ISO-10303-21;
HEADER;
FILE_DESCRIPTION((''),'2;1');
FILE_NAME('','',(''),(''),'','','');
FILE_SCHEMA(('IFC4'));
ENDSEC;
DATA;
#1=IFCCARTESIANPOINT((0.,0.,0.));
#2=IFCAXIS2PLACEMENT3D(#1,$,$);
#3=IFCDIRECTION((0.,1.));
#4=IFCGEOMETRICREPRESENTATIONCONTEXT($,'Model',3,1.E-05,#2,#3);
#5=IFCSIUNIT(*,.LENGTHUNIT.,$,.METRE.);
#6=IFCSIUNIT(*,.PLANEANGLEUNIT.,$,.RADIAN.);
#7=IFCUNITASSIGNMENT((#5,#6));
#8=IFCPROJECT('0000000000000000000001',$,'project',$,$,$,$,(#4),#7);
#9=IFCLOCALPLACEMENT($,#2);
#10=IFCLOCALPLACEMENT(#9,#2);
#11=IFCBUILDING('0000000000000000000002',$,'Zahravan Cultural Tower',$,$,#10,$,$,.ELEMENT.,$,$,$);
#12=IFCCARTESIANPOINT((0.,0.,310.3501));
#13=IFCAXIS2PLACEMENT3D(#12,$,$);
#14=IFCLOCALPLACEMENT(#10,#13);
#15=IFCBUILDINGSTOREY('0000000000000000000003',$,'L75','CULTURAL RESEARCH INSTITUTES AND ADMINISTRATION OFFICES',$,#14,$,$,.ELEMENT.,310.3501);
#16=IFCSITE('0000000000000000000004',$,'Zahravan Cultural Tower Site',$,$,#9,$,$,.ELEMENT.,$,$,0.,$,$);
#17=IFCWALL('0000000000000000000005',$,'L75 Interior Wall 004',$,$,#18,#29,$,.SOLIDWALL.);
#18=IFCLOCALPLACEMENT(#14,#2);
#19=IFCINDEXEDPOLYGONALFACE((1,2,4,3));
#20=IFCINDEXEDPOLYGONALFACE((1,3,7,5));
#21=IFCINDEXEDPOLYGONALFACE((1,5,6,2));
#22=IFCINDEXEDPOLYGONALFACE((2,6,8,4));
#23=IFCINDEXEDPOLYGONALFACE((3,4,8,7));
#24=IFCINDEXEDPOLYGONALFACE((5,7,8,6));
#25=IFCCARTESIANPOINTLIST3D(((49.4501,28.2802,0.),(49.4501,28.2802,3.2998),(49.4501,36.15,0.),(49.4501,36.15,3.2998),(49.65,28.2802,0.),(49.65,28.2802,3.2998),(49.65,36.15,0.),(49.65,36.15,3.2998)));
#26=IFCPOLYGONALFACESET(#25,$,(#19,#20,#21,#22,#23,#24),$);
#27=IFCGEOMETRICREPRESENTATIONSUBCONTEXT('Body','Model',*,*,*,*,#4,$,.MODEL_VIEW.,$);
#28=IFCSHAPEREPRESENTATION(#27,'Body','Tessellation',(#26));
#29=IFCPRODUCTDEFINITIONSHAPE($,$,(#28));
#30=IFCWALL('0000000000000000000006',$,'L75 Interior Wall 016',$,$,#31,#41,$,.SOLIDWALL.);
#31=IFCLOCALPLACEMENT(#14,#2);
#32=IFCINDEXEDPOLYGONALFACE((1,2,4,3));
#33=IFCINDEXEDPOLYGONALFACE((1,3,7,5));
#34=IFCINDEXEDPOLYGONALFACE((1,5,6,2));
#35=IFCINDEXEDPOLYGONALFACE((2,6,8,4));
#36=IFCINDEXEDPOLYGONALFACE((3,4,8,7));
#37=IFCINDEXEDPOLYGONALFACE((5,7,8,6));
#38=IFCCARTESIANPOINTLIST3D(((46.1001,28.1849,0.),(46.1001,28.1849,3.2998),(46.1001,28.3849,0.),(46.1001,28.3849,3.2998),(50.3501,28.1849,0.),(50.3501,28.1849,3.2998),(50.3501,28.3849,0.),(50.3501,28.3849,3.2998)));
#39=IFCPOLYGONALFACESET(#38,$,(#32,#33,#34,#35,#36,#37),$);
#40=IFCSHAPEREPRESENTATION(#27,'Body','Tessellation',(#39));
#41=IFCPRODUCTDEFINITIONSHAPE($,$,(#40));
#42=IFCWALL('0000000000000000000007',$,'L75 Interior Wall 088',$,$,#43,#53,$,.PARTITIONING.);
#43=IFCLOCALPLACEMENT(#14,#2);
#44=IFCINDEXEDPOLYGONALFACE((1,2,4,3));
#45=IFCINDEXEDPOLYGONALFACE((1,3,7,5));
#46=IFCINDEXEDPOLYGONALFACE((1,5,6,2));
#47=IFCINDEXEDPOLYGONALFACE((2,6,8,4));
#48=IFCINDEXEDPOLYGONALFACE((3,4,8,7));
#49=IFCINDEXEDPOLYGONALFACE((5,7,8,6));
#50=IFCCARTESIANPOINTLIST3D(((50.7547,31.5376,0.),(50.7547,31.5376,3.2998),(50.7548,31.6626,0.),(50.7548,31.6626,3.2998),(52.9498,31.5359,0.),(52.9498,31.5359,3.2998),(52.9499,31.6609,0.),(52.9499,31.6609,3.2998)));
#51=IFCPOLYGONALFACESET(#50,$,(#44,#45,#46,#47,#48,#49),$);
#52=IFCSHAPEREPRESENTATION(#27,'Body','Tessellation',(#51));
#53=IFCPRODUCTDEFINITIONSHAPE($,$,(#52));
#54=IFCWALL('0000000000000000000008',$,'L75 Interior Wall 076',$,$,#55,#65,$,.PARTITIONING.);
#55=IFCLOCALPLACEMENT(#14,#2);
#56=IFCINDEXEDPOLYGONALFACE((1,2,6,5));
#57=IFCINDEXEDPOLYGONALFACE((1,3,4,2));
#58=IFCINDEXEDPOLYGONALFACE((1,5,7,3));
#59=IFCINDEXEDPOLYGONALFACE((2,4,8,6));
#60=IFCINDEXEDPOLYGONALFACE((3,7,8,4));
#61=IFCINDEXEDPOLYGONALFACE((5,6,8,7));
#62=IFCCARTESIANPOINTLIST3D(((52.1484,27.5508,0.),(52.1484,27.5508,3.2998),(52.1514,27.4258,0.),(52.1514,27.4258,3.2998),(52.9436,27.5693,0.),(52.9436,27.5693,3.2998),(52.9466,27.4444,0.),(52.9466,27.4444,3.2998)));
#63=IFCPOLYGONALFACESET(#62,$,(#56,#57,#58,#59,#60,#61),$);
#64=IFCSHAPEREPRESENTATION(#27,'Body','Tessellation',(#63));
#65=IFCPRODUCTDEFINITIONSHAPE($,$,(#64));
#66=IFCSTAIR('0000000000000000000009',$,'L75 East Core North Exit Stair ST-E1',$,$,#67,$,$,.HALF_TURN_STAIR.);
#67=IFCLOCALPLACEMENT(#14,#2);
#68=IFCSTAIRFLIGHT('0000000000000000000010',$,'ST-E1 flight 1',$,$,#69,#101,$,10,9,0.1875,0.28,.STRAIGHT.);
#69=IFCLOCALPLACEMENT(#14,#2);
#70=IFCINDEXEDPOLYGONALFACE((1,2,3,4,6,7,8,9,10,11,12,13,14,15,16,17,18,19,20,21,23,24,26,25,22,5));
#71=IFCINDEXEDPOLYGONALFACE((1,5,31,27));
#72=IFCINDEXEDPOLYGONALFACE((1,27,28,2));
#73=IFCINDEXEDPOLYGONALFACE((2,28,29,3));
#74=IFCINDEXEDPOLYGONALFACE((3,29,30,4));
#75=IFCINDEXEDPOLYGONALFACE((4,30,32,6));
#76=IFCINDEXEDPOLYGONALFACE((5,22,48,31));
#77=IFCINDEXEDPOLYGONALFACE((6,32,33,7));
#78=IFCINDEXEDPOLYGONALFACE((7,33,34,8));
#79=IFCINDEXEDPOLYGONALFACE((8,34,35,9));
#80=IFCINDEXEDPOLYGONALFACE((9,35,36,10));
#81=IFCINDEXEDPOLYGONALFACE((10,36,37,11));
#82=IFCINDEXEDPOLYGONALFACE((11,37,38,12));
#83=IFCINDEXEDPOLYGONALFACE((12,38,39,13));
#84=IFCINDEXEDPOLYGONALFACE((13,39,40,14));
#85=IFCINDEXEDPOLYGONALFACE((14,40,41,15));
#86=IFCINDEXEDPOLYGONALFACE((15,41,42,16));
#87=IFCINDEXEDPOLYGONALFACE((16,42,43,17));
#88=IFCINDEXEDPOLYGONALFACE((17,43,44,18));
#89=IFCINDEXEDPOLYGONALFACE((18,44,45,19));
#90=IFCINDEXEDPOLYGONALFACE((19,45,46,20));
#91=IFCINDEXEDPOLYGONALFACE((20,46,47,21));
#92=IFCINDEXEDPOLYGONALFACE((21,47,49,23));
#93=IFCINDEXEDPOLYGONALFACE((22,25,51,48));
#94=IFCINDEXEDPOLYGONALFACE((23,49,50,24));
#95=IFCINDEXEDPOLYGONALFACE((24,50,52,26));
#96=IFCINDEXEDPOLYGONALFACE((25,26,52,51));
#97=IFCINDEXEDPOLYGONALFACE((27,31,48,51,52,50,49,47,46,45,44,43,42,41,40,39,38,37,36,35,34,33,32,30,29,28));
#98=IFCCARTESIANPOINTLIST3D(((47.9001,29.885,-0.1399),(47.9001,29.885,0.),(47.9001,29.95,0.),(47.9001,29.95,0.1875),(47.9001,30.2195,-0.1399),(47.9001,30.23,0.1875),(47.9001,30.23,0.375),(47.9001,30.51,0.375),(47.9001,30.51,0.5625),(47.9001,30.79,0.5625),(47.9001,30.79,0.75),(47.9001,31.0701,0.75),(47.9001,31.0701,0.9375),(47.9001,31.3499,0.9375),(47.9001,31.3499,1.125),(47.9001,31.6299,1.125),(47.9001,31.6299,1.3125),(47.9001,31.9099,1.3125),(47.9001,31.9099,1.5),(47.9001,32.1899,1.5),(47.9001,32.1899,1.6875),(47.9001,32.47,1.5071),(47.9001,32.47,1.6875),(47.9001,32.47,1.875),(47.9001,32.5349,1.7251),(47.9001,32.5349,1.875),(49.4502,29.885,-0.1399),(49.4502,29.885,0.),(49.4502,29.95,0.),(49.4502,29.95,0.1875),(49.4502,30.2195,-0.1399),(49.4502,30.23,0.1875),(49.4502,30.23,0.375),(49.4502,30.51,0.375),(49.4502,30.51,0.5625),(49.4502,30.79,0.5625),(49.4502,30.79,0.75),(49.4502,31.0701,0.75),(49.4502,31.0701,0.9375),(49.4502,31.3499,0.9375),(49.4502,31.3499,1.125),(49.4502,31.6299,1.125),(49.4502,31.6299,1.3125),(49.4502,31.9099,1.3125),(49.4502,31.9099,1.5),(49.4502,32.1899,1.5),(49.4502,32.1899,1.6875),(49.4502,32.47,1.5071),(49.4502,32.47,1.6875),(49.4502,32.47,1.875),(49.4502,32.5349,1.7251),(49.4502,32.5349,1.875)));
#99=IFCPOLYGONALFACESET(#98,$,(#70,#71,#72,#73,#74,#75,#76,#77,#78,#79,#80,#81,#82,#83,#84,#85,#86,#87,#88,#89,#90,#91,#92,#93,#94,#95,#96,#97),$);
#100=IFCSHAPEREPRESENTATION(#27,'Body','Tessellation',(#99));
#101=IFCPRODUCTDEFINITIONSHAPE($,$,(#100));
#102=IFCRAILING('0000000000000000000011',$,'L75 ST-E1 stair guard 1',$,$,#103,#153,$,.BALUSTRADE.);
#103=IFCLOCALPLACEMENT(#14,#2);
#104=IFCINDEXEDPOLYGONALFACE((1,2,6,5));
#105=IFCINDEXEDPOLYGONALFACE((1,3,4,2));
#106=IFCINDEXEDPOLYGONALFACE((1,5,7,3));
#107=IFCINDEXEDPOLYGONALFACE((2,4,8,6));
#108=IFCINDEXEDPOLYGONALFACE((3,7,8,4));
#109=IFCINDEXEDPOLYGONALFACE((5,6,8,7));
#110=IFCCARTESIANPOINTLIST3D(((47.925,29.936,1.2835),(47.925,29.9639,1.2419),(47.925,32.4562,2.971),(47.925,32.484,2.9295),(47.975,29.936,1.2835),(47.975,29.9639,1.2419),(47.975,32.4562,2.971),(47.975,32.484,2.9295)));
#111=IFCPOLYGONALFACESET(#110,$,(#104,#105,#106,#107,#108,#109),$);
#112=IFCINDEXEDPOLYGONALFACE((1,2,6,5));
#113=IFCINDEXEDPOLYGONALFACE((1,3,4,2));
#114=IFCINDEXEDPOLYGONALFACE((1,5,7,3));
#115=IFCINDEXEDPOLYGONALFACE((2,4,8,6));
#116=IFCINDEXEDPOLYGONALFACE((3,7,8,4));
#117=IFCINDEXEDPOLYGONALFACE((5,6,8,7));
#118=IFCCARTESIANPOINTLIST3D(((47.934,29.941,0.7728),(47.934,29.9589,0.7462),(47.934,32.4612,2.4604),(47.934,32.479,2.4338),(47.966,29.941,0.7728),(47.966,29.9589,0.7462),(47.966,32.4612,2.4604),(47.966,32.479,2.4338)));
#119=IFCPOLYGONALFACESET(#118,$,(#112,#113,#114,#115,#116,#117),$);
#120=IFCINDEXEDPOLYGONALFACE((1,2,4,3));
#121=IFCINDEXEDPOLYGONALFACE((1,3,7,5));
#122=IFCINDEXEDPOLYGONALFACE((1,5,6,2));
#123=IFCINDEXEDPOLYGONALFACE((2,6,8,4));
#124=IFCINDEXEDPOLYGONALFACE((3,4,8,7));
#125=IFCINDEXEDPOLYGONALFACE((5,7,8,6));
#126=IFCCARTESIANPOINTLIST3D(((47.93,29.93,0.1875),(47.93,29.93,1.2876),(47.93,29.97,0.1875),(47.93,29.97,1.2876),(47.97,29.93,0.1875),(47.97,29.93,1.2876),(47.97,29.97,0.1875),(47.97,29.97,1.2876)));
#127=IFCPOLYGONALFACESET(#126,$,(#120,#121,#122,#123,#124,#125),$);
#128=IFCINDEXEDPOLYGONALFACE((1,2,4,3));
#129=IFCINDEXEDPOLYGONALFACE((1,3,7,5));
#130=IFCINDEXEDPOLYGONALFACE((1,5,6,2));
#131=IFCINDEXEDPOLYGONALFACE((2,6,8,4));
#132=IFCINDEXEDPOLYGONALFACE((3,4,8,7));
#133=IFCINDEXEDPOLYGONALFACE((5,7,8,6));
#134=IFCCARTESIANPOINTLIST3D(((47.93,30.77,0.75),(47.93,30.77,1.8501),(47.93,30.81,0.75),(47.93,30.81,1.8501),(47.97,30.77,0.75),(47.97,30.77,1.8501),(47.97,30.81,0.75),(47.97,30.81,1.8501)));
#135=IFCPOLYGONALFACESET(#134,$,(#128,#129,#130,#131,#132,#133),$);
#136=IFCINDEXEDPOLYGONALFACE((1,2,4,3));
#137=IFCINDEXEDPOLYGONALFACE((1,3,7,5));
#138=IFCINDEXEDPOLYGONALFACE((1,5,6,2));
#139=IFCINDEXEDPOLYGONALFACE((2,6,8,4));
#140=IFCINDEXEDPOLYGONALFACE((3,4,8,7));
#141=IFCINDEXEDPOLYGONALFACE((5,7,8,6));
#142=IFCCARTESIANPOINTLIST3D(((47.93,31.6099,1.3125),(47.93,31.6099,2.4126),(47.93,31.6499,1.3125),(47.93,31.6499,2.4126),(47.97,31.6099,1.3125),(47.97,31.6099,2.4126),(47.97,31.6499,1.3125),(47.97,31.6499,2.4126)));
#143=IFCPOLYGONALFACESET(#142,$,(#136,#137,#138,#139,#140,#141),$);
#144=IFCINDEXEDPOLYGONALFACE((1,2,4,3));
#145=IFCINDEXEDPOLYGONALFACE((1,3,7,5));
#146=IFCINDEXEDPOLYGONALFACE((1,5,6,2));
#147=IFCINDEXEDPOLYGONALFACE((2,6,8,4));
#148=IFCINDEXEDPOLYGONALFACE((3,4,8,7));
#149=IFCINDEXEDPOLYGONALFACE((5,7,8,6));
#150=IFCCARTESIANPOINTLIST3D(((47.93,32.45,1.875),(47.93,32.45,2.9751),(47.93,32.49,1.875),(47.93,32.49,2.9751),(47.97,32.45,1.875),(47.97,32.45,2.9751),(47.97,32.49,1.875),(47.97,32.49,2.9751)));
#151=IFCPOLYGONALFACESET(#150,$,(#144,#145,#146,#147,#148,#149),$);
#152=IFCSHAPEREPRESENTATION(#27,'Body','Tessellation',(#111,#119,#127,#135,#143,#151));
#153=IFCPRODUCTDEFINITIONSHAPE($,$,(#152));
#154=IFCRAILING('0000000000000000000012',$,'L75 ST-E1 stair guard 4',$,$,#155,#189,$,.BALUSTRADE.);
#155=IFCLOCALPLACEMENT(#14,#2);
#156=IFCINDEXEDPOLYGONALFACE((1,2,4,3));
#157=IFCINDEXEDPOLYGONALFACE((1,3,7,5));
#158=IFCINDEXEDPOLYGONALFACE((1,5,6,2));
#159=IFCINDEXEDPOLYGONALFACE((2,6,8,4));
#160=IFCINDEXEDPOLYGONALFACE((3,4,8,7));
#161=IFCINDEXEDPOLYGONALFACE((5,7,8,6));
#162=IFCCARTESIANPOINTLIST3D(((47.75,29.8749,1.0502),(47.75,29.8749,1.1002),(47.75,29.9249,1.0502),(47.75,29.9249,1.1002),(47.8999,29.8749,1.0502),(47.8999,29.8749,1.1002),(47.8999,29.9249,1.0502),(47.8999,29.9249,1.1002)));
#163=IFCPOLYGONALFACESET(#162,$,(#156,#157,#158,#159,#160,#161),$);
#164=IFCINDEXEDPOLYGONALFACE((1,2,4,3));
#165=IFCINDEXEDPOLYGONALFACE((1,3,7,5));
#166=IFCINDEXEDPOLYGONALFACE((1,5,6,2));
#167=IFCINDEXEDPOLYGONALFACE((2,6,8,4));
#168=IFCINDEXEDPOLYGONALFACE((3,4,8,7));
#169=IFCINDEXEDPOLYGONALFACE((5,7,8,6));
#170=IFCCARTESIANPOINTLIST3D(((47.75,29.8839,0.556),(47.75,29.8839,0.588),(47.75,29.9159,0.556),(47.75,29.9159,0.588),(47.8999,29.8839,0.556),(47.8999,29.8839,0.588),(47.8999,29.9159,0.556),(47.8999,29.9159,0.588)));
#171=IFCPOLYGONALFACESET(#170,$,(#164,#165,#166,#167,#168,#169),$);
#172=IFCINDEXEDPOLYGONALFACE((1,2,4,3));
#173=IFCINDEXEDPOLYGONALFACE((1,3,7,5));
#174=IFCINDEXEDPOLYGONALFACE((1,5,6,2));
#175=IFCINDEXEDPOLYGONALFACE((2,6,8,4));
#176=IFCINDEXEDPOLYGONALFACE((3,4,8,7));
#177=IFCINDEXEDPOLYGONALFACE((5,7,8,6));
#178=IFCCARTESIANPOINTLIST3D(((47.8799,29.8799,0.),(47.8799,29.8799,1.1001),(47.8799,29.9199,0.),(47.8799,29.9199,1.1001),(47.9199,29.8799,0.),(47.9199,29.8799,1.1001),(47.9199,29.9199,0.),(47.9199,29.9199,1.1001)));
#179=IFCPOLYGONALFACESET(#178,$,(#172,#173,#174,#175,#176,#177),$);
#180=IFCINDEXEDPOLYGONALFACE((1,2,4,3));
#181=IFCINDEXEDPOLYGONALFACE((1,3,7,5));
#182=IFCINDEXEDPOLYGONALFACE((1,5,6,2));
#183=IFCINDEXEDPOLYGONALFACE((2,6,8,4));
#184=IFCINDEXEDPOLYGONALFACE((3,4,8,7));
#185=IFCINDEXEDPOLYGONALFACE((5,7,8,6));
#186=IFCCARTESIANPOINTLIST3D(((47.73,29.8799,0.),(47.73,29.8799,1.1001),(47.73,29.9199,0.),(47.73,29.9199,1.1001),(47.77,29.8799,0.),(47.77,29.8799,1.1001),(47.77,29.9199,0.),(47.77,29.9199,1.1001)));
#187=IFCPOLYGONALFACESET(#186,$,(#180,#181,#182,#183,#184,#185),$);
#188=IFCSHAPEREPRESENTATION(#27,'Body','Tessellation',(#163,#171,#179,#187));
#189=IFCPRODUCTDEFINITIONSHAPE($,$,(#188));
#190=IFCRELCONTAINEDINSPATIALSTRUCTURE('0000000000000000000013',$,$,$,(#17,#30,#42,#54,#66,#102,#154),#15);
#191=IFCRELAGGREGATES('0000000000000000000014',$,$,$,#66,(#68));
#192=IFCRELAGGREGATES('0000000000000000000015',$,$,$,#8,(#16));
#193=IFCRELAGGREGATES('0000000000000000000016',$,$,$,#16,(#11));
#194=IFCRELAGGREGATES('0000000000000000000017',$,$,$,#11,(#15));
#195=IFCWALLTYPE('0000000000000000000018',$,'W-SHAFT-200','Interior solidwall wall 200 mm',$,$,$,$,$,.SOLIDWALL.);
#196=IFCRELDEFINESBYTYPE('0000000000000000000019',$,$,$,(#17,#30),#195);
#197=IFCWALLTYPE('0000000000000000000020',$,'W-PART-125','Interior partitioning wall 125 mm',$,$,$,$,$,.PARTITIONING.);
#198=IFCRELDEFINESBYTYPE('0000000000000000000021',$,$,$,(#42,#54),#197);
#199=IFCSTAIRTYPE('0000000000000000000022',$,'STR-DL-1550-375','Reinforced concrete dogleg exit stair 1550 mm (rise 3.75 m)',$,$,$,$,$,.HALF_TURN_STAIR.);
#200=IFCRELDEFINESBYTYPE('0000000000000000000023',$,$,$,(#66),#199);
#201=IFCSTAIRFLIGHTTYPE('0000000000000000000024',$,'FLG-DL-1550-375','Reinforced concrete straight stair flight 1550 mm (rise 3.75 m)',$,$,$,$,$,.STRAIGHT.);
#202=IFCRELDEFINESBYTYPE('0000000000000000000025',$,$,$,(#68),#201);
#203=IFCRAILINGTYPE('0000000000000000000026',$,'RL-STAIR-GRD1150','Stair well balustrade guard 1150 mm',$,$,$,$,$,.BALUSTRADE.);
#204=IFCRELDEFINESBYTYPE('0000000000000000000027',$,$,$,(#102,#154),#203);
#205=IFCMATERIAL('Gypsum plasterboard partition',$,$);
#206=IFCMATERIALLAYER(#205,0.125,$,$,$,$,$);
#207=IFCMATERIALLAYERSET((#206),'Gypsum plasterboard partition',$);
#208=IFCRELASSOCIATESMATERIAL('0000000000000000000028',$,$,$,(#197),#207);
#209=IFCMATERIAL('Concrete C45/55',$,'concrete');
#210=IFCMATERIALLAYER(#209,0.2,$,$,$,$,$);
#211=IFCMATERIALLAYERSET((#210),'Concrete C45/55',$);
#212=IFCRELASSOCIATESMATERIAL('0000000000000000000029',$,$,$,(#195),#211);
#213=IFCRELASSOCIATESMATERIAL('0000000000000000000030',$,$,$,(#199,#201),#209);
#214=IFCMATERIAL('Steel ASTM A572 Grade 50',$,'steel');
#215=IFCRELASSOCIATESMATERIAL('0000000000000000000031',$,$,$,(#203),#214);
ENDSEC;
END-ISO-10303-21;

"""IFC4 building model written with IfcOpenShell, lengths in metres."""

from ifc_helpers import new_model, si_unit, direction, frame, frame_2d, origin, origin_2d, place, context, subcontext, project, spatial, polyline, rectangle, outline, extrude, source, transform, mapped, material, layer, layer_set, type_object, element, aggregate, save


model = new_model("IFC4")

# Units and contexts
model_context = context("Model", 3, precision=1e-05, world=origin(), true_north=direction((0.0, 1.0)))
body_context = subcontext(model_context, "Body", "Model", "MODEL_VIEW")
ifc_project = project(units=[si_unit("LENGTHUNIT", "METRE"), si_unit("PLANEANGLEUNIT", "RADIAN")], contexts=[model_context])

# Site, building, storey
site_placement = place(None, origin())
site = spatial("IfcSite", under=ifc_project, at=site_placement, Name="Zahravan Cultural Tower Site", CompositionType="ELEMENT", RefElevation=0.0)
building_placement = place(site_placement, origin())
building = spatial("IfcBuilding", under=site, at=building_placement, Name="Zahravan Cultural Tower", CompositionType="ELEMENT")
storey_placement = place(building_placement, frame((0.0, 0.0, 310.3501)))
storey = spatial("IfcBuildingStorey", under=building, at=storey_placement, Name="L75", Description="CULTURAL RESEARCH INSTITUTES AND ADMINISTRATION OFFICES", CompositionType="ELEMENT", Elevation=310.3501)

# Shared definitions
ifc_material_1 = material(Name="Gypsum plasterboard partition")
ifc_layer_1 = layer(ifc_material_1, 0.125)
ifc_layer_set_1 = layer_set([ifc_layer_1], Name="Gypsum plasterboard partition")
wall_type_1 = type_object("IfcWallType", Name="W-PART-125", Description="Interior partitioning wall 125 mm", PredefinedType="PARTITIONING", material=ifc_layer_set_1)
ifc_material_2 = material(Name="Concrete C45/55", Category="concrete")
ifc_layer_2 = layer(ifc_material_2, 0.2)
ifc_layer_set_2 = layer_set([ifc_layer_2], Name="Concrete C45/55")
wall_type_2 = type_object("IfcWallType", Name="W-SHAFT-200", Description="Interior solidwall wall 200 mm", PredefinedType="SOLIDWALL", material=ifc_layer_set_2)
ifc_material_3 = material(Name="Steel ASTM A572 Grade 50", Category="steel")

# Walls
shared_shape_1 = source(origin(), body_context, "Body", "SweptSolid", [
    extrude(rectangle(XDim=7.8699, YDim=0.2, at=frame_2d((3.9351, 0.0))), origin(), (0.0, 0.0, 1.0), 3.2998),
])
wall_1_placement = place(storey_placement, frame((49.55, 28.28, 0.0), z_axis=(0.0, 0.0, 1.0), x_axis=(0.0, 1.0, 0.0)))
element("IfcWall", 1, at=wall_1_placement, inside=storey, type_object=wall_type_2, Name="L75 Interior Wall 004", PredefinedType="SOLIDWALL", context=body_context, shape_type="MappedRepresentation", body=[
    mapped(shared_shape_1, transform((0.0, 0.0, 0.0), x_axis=(1.0, 0.0, 0.0), y_axis=(0.0, 1.0, 0.0), z_axis=(0.0, 0.0, 1.0), scale=1.0)),
])
shared_shape_2 = source(origin(), body_context, "Body", "SweptSolid", [
    extrude(rectangle(XDim=4.25, YDim=0.2, at=frame_2d((2.125, 0.0))), origin(), (0.0, 0.0, 1.0), 3.2998),
])
wall_2_placement = place(storey_placement, frame((46.1001, 28.2849, 0.0), z_axis=(0.0, 0.0, 1.0), x_axis=(1.0, 0.0, 0.0)))
element("IfcWall", 2, at=wall_2_placement, inside=storey, type_object=wall_type_2, Name="L75 Interior Wall 016", PredefinedType="SOLIDWALL", context=body_context, shape_type="MappedRepresentation", body=[
    mapped(shared_shape_2, transform((0.0, 0.0, 0.0), x_axis=(1.0, 0.0, 0.0), y_axis=(0.0, 1.0, 0.0), z_axis=(0.0, 0.0, 1.0), scale=1.0)),
])
shared_shape_3 = source(origin(), body_context, "Body", "SweptSolid", [
    extrude(rectangle(XDim=2.1951, YDim=0.125, at=frame_2d((1.0977, 0.0))), origin(), (0.0, 0.0, 1.0), 3.2998),
])
wall_3_placement = place(storey_placement, frame((52.95, 31.5984, 0.0), z_axis=(0.0, 0.0, 1.0), x_axis=(-1.0, 0.000779, 0.0)))
element("IfcWall", 3, at=wall_3_placement, inside=storey, type_object=wall_type_1, Name="L75 Interior Wall 088", PredefinedType="PARTITIONING", context=body_context, shape_type="MappedRepresentation", body=[
    mapped(shared_shape_3, transform((0.0, 0.0, 0.0), x_axis=(1.0, 0.0, 0.0), y_axis=(0.0, 1.0, 0.0), z_axis=(0.0, 0.0, 1.0), scale=1.0)),
])
shared_shape_4 = source(origin(), body_context, "Body", "SweptSolid", [
    extrude(rectangle(XDim=0.7954, YDim=0.125, at=frame_2d((0.3977, 0.0))), origin(), (0.0, 0.0, 1.0), 3.2998),
])
wall_4_placement = place(storey_placement, frame((52.1499, 27.4883, 0.0), z_axis=(0.0, 0.0, 1.0), x_axis=(0.999728, 0.023328, 0.0)))
element("IfcWall", 4, at=wall_4_placement, inside=storey, type_object=wall_type_1, Name="L75 Interior Wall 076", PredefinedType="PARTITIONING", context=body_context, shape_type="MappedRepresentation", body=[
    mapped(shared_shape_4, transform((0.0, 0.0, 0.0), x_axis=(1.0, 0.0, 0.0), y_axis=(0.0, 1.0, 0.0), z_axis=(0.0, 0.0, 1.0), scale=1.0)),
])

# Stair, stair flight
stair_type = type_object("IfcStairType", Name="STR-DL-1550-375", Description="Reinforced concrete dogleg exit stair 1550 mm (rise 3.75 m)", PredefinedType="HALF_TURN_STAIR", material=ifc_material_2)
stair_placement = place(storey_placement, origin())
stair = element("IfcStair", 5, at=stair_placement, inside=storey, type_object=stair_type, Name="L75 East Core North Exit Stair ST-E1", PredefinedType="HALF_TURN_STAIR")
stair_flight_type = type_object("IfcStairFlightType", Name="FLG-DL-1550-375", Description="Reinforced concrete straight stair flight 1550 mm (rise 3.75 m)", PredefinedType="STRAIGHT", material=ifc_material_2)
stair_flight_placement = place(storey_placement, frame((48.675, 29.95, 0.0), z_axis=(0.0, 0.0, 1.0), x_axis=(0.0, 1.0, 0.0)))
stair_flight = element("IfcStairFlight", 6, at=stair_flight_placement, type_object=stair_flight_type, Name="ST-E1 flight 1", NumberOfRisers=10, NumberOfTreads=9, PredefinedType="STRAIGHT", RiserHeight=0.1875, TreadLength=0.28, context=body_context, shape_type="SweptSolid", body=[
    extrude(outline(polyline([(-0.0649, -0.1399), (-0.0649, 0.0), (0.0, 0.0), (0.0, 0.1875), (0.28, 0.1875), (0.28, 0.375), (0.5601, 0.375), (0.5601, 0.5625), (0.8401, 0.5625), (0.8401, 0.75), (1.1201, 0.75), (1.1201, 0.9375), (1.3999, 0.9375), (1.3999, 1.125), (1.6799, 1.125), (1.6799, 1.3125), (1.96, 1.3125), (1.96, 1.5), (2.24, 1.5), (2.24, 1.6875), (2.52, 1.6875), (2.52, 1.875), (2.585, 1.875), (2.585, 1.7251), (2.52, 1.5071), (0.2695, -0.1399), (-0.0649, -0.1399)])), frame((0.0, 0.7749, 0.0), z_axis=(0.0, -1.0, 0.0), x_axis=(1.0, 0.0, 0.0)), (0.0, 0.0, 1.0), 1.55),
])
aggregate(stair, [stair_flight])

# Railings
railing_type_1 = type_object("IfcRailingType", Name="RL-STAIR-GRD1150", Description="Stair well balustrade guard 1150 mm", PredefinedType="BALUSTRADE", material=ifc_material_3)
railing_1_placement = place(storey_placement, frame((47.95, 29.95, 0.1875)))
element("IfcRailing", 7, at=railing_1_placement, inside=storey, type_object=railing_type_1, Name="L75 ST-E1 stair guard 1", PredefinedType="BALUSTRADE", context=body_context, shape_type="SweptSolid", body=[
    extrude(rectangle(XDim=0.05, YDim=0.05, at=origin_2d()), frame((0.0, 0.0, 1.0752), z_axis=(0.0, 0.830909, 0.556408), x_axis=(-1.0, 0.0, 0.0)), (0.0, 0.0, 1.0), 3.033),
    extrude(rectangle(XDim=0.032, YDim=0.032, at=origin_2d()), frame((0.0, 0.0, 0.572), z_axis=(0.0, 0.830909, 0.556408), x_axis=(-1.0, 0.0, 0.0)), (0.0, 0.0, 1.0), 3.033),
    extrude(rectangle(XDim=0.04, YDim=0.04, at=origin_2d()), origin(), (0.0, 0.0, 1.0), 1.1001),
    extrude(rectangle(XDim=0.04, YDim=0.04, at=origin_2d()), frame((0.0, 0.8401, 0.5625)), (0.0, 0.0, 1.0), 1.1001),
    extrude(rectangle(XDim=0.04, YDim=0.04, at=origin_2d()), frame((0.0, 1.6799, 1.125)), (0.0, 0.0, 1.0), 1.1001),
    extrude(rectangle(XDim=0.04, YDim=0.04, at=origin_2d()), frame((0.0, 2.52, 1.6875)), (0.0, 0.0, 1.0), 1.1001),
])
railing_2_placement = place(storey_placement, frame((47.8999, 29.8999, 0.0)))
element("IfcRailing", 8, at=railing_2_placement, inside=storey, type_object=railing_type_1, Name="L75 ST-E1 stair guard 4", PredefinedType="BALUSTRADE", context=body_context, shape_type="SweptSolid", body=[
    extrude(rectangle(XDim=0.05, YDim=0.05, at=origin_2d()), frame((0.0, 0.0, 1.0752), z_axis=(-1.0, 0.0, 0.0), x_axis=(0.0, -1.0, 0.0)), (0.0, 0.0, 1.0), 0.1499),
    extrude(rectangle(XDim=0.032, YDim=0.032, at=origin_2d()), frame((0.0, 0.0, 0.572), z_axis=(-1.0, 0.0, 0.0), x_axis=(0.0, -1.0, 0.0)), (0.0, 0.0, 1.0), 0.1499),
    extrude(rectangle(XDim=0.04, YDim=0.04, at=origin_2d()), origin(), (0.0, 0.0, 1.0), 1.1001),
    extrude(rectangle(XDim=0.04, YDim=0.04, at=origin_2d()), frame((-0.1499, 0.0, 0.0)), (0.0, 0.0, 1.0), 1.1001),
])

save(model, "model.ifc")
